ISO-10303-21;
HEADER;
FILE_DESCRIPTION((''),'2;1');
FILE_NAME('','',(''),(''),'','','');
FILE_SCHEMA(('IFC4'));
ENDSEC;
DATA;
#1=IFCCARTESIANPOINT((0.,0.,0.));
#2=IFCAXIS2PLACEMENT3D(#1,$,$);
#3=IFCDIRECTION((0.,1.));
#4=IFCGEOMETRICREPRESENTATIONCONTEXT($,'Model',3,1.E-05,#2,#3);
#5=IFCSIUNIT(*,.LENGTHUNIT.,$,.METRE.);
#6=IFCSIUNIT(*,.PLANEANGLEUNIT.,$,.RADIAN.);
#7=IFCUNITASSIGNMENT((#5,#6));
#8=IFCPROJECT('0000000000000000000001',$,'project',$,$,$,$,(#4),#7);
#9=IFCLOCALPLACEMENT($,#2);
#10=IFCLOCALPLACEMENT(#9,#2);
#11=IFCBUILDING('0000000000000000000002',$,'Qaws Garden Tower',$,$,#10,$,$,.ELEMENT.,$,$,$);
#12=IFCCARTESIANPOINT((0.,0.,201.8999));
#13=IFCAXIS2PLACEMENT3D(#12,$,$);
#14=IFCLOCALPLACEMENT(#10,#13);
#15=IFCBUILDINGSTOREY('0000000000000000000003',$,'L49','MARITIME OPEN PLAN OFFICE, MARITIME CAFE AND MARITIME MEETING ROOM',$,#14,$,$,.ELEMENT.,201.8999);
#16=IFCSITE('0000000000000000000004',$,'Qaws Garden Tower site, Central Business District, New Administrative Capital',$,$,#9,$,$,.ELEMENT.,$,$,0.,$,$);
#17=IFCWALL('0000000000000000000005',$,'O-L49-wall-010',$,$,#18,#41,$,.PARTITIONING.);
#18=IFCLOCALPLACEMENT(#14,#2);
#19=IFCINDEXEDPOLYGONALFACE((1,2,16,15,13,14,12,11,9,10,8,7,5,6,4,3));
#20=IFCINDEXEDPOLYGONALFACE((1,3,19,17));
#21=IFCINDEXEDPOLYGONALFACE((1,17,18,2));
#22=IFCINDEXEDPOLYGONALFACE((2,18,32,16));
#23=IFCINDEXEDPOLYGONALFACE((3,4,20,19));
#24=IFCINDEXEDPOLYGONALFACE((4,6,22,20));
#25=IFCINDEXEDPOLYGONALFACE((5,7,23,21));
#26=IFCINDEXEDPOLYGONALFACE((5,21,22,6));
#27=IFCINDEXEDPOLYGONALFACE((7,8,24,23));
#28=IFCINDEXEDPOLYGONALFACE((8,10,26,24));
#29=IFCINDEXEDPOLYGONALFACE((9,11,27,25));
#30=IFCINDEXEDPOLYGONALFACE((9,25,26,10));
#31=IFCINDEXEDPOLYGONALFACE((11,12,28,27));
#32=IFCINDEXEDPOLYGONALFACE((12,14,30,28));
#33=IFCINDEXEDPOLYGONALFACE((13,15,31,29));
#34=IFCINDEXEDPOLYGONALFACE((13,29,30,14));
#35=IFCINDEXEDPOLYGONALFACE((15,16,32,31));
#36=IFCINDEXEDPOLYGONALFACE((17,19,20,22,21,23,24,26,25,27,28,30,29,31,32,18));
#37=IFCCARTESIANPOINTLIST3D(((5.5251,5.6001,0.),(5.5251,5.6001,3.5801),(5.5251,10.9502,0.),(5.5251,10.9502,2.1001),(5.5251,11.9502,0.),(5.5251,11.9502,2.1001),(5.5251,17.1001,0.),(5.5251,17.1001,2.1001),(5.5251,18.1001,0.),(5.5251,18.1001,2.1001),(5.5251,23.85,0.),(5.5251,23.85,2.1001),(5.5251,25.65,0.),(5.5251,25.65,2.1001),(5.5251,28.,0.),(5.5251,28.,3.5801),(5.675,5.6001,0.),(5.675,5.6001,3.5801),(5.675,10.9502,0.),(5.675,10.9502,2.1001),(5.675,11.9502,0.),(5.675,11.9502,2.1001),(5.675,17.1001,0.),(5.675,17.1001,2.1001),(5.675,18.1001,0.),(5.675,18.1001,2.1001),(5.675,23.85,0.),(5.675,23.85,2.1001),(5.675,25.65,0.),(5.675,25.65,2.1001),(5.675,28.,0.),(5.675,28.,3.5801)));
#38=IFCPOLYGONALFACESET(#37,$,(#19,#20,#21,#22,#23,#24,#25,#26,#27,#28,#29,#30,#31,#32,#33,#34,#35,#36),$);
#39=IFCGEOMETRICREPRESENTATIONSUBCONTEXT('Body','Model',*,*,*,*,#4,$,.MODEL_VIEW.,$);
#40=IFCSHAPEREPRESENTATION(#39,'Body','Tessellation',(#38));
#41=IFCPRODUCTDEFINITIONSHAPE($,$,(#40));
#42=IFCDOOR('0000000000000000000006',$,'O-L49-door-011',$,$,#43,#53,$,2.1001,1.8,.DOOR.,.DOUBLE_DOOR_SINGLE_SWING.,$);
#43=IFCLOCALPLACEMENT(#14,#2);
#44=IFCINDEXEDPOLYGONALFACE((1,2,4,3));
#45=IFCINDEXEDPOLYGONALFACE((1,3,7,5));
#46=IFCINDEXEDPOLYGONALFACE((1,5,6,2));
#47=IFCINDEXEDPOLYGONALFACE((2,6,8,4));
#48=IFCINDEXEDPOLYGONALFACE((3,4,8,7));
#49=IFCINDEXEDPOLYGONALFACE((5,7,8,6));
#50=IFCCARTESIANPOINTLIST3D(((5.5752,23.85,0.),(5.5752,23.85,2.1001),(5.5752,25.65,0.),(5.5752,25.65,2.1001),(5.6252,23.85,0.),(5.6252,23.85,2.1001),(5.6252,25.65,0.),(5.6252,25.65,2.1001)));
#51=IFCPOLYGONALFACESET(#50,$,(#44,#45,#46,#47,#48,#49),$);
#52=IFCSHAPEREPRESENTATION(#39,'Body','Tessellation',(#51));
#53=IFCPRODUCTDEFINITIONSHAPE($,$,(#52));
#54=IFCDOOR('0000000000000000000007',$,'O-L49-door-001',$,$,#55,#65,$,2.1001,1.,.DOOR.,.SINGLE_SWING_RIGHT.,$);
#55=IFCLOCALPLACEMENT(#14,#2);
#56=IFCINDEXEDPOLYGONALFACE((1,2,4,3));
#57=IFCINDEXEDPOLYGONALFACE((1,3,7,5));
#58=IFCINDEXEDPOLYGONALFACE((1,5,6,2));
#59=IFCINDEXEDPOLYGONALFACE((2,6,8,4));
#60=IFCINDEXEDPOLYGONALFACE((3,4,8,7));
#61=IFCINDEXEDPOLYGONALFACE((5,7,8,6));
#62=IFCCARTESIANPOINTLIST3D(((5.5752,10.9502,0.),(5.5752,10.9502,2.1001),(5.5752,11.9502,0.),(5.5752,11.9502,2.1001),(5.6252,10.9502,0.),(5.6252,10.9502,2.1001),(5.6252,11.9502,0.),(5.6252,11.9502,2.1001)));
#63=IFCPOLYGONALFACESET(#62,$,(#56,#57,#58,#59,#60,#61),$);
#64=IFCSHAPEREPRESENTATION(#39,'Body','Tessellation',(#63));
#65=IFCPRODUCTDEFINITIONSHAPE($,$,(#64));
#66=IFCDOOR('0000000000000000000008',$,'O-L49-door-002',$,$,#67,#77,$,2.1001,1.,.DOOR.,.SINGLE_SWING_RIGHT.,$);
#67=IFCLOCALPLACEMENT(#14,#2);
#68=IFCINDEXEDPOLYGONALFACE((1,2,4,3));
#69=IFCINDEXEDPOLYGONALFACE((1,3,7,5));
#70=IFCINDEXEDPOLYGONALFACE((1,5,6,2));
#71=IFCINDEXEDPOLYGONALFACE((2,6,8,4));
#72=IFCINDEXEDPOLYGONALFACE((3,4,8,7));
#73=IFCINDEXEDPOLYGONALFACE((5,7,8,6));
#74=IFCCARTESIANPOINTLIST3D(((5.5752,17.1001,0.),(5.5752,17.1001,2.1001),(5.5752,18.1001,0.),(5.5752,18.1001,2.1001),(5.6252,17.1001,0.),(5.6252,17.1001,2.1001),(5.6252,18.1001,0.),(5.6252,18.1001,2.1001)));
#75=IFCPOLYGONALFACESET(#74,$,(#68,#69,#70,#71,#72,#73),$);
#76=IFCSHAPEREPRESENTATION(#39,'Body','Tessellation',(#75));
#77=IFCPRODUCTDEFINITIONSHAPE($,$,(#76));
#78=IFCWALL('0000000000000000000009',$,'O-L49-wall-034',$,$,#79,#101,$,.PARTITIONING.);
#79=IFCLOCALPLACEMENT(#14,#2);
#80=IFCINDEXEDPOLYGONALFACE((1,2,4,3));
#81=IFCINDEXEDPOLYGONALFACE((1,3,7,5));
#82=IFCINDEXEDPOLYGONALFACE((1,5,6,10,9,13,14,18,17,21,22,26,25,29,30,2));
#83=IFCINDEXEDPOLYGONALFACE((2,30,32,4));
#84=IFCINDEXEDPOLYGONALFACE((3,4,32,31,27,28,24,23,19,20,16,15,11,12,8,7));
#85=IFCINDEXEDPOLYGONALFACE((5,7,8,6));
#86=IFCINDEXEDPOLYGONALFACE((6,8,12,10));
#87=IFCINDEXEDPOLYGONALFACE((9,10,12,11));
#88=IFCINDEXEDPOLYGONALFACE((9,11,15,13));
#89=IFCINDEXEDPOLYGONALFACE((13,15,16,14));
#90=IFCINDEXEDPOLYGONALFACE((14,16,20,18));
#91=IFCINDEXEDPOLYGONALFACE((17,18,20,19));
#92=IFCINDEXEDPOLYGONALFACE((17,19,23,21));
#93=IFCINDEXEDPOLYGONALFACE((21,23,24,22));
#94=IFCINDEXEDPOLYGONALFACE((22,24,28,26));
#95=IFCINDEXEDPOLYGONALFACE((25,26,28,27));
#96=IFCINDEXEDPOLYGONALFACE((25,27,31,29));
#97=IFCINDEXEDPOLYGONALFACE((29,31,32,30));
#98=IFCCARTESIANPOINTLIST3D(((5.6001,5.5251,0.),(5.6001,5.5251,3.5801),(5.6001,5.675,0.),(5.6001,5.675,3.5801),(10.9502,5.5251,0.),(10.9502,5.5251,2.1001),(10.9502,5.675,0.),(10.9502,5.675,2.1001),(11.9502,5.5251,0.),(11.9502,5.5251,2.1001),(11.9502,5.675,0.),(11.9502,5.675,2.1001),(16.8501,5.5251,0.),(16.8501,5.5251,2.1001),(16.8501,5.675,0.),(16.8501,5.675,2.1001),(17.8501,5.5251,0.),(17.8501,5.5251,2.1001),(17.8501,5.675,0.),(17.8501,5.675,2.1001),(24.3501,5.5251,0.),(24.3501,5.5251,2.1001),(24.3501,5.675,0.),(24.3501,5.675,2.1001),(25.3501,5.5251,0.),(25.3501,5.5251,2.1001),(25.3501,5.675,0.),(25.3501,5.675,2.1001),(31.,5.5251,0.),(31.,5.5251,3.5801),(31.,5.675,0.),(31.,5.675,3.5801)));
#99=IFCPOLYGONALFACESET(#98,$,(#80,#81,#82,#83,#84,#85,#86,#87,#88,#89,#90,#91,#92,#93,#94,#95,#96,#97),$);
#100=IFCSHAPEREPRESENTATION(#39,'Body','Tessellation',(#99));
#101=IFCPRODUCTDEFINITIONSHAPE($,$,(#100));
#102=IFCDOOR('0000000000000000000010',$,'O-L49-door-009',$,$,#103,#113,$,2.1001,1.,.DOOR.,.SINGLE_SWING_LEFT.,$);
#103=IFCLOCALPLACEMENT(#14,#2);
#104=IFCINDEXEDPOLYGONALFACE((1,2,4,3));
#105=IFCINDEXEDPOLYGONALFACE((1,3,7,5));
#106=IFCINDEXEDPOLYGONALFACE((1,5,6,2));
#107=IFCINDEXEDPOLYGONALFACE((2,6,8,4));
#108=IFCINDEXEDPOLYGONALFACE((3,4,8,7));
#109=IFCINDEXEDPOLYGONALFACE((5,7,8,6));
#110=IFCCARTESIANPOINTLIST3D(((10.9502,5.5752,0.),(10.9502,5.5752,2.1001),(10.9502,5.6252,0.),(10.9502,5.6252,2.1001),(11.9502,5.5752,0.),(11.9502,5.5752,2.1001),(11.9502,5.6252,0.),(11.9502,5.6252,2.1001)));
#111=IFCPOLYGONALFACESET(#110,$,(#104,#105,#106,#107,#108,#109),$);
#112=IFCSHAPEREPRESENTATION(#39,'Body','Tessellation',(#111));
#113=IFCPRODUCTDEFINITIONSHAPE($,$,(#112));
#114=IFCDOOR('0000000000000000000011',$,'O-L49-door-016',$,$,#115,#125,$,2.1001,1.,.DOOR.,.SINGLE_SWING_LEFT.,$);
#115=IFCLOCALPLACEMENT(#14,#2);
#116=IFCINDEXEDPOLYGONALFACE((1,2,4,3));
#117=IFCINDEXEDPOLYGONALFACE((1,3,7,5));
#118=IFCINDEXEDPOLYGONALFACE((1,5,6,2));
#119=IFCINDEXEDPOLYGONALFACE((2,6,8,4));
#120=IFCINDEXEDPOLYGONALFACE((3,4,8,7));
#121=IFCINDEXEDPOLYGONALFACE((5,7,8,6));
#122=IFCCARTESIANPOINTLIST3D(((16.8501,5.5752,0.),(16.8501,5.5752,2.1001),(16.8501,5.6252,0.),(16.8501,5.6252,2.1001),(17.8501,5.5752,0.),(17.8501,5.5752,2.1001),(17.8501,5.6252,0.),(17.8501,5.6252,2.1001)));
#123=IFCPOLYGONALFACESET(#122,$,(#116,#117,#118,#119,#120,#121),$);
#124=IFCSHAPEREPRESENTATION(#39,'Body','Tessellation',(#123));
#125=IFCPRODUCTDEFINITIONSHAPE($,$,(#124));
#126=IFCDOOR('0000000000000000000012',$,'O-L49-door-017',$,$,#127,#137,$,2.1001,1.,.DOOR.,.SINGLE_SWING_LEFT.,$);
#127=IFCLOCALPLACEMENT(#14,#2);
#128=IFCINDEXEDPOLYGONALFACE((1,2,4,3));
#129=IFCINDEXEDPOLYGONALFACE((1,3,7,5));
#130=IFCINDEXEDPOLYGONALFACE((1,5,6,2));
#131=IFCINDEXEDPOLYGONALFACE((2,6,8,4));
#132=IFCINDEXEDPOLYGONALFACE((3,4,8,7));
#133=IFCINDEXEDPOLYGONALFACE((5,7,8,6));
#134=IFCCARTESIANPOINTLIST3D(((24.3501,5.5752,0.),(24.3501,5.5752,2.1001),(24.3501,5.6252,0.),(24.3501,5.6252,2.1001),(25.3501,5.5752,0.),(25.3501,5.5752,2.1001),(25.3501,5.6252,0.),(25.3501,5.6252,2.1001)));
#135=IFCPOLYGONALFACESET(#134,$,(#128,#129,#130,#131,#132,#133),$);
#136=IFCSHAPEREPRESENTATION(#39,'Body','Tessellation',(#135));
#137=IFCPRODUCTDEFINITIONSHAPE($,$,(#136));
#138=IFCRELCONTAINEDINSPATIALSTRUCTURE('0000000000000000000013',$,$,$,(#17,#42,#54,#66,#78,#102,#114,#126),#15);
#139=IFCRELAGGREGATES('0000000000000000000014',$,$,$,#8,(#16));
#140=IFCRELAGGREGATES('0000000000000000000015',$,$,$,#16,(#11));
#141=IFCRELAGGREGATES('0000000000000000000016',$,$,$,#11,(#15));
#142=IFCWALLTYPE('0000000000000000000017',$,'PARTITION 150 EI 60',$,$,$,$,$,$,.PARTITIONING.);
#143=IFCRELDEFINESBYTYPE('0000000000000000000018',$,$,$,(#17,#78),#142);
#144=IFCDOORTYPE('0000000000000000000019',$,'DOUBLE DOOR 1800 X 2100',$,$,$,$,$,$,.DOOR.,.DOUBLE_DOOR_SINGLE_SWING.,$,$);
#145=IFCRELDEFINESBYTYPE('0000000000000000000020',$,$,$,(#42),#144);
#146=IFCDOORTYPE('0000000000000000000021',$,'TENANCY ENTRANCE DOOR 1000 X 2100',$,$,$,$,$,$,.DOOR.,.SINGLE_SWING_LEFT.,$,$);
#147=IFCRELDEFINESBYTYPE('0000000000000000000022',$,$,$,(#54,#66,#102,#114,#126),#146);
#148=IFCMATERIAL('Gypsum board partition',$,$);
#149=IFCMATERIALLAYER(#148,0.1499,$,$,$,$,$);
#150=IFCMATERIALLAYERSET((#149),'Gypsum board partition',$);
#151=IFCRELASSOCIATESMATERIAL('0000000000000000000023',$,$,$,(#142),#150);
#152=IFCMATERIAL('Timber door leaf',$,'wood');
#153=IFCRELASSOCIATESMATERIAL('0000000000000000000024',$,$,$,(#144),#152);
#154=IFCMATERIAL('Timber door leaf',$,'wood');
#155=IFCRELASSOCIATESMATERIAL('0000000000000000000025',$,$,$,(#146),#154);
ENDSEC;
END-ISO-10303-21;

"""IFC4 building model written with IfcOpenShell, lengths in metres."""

from ifc_helpers import new_model, si_unit, direction, frame, frame_2d, origin, place, context, subcontext, project, spatial, rectangle, extrude, material, layer, layer_set, type_object, element, fill, save


model = new_model("IFC4")

# Units and contexts
model_context = context("Model", 3, precision=1e-05, world=origin(), true_north=direction((0.0, 1.0)))
body_context = subcontext(model_context, "Body", "Model", "MODEL_VIEW")
ifc_project = project(units=[si_unit("LENGTHUNIT", "METRE"), si_unit("PLANEANGLEUNIT", "RADIAN")], contexts=[model_context])

# Site, building, storey
site_placement = place(None, origin())
site = spatial("IfcSite", under=ifc_project, at=site_placement, Name="Qaws Garden Tower site, Central Business District, New Administrative Capital", CompositionType="ELEMENT", RefElevation=0.0)
building_placement = place(site_placement, origin())
building = spatial("IfcBuilding", under=site, at=building_placement, Name="Qaws Garden Tower", CompositionType="ELEMENT")
storey_placement = place(building_placement, frame((0.0, 0.0, 201.8999)))
storey = spatial("IfcBuildingStorey", under=building, at=storey_placement, Name="L49", Description="MARITIME OPEN PLAN OFFICE, MARITIME CAFE AND MARITIME MEETING ROOM", CompositionType="ELEMENT", Elevation=201.8999)

# Walls, openings, doors
ifc_material_1 = material(Name="Gypsum board partition")
ifc_layer_1 = layer(ifc_material_1, 0.1499)
ifc_layer_set_1 = layer_set([ifc_layer_1], Name="Gypsum board partition")
wall_type_1 = type_object("IfcWallType", Name="PARTITION 150 EI 60", PredefinedType="PARTITIONING", material=ifc_layer_set_1)
wall_1_placement = place(storey_placement, frame((5.6001, 5.6001, 0.0), z_axis=(0.0, 0.0, 1.0), x_axis=(0.0, 1.0, 0.0)))
wall_1 = element("IfcWall", 1, at=wall_1_placement, inside=storey, type_object=wall_type_1, Name="O-L49-wall-010", PredefinedType="PARTITIONING", context=body_context, shape_type="SweptSolid", body=[
    extrude(rectangle(XDim=22.3999, YDim=0.1499, at=frame_2d((11.2, 0.0))), origin(), (0.0, 0.0, 1.0), 3.5801),
])
opening_1_placement = place(wall_1_placement, frame((5.3501, 0.0, 0.0)))
opening_1 = element("IfcOpeningElement", 2, at=opening_1_placement, cuts=wall_1, PredefinedType="OPENING", context=body_context, shape_type="SweptSolid", body=[
    extrude(rectangle(XDim=1.0, YDim=2.1001, at=frame_2d((0.5, 1.05))), frame((0.0, 0.085, 0.0), z_axis=(0.0, -1.0, 0.0), x_axis=(1.0, 0.0, 0.0)), (0.0, 0.0, 1.0), 0.1699),
])
opening_2_placement = place(wall_1_placement, frame((11.5, 0.0, 0.0)))
opening_2 = element("IfcOpeningElement", 3, at=opening_2_placement, cuts=wall_1, PredefinedType="OPENING", context=body_context, shape_type="SweptSolid", body=[
    extrude(rectangle(XDim=1.0, YDim=2.1001, at=frame_2d((0.5, 1.05))), frame((0.0, 0.085, 0.0), z_axis=(0.0, -1.0, 0.0), x_axis=(1.0, 0.0, 0.0)), (0.0, 0.0, 1.0), 0.1699),
])
opening_3_placement = place(wall_1_placement, frame((18.25, 0.0, 0.0)))
opening_3 = element("IfcOpeningElement", 4, at=opening_3_placement, cuts=wall_1, PredefinedType="OPENING", context=body_context, shape_type="SweptSolid", body=[
    extrude(rectangle(XDim=1.8, YDim=2.1001, at=frame_2d((0.8999, 1.05))), frame((0.0, 0.085, 0.0), z_axis=(0.0, -1.0, 0.0), x_axis=(1.0, 0.0, 0.0)), (0.0, 0.0, 1.0), 0.1699),
])
ifc_material_2 = material(Name="Timber door leaf", Category="wood")
door_type_1 = type_object("IfcDoorType", Name="DOUBLE DOOR 1800 X 2100", OperationType="DOUBLE_DOOR_SINGLE_SWING", PredefinedType="DOOR", material=ifc_material_2)
door_1_placement = place(opening_3_placement, origin())
door_1 = element("IfcDoor", 5, at=door_1_placement, inside=storey, type_object=door_type_1, Name="O-L49-door-011", OperationType="DOUBLE_DOOR_SINGLE_SWING", OverallHeight=2.1001, OverallWidth=1.8, PredefinedType="DOOR", context=body_context, shape_type="SweptSolid", body=[
    extrude(rectangle(XDim=1.8, YDim=2.1001, at=frame_2d((0.8999, 1.05))), frame((0.0, 0.0249, 0.0), z_axis=(0.0, -1.0, 0.0), x_axis=(1.0, 0.0, 0.0)), (0.0, 0.0, 1.0), 0.05),
])
fill(opening_3, door_1)
ifc_material_3 = material(Name="Timber door leaf", Category="wood")
door_type_2 = type_object("IfcDoorType", Name="TENANCY ENTRANCE DOOR 1000 X 2100", OperationType="SINGLE_SWING_LEFT", PredefinedType="DOOR", material=ifc_material_3)
door_2_placement = place(opening_1_placement, origin())
door_2 = element("IfcDoor", 6, at=door_2_placement, inside=storey, type_object=door_type_2, Name="O-L49-door-001", OperationType="SINGLE_SWING_RIGHT", OverallHeight=2.1001, OverallWidth=1.0, PredefinedType="DOOR", context=body_context, shape_type="SweptSolid", body=[
    extrude(rectangle(XDim=1.0, YDim=2.1001, at=frame_2d((0.5, 1.05))), frame((0.0, 0.0249, 0.0), z_axis=(0.0, -1.0, 0.0), x_axis=(1.0, 0.0, 0.0)), (0.0, 0.0, 1.0), 0.05),
])
fill(opening_1, door_2)
door_3_placement = place(opening_2_placement, origin())
door_3 = element("IfcDoor", 7, at=door_3_placement, inside=storey, type_object=door_type_2, Name="O-L49-door-002", OperationType="SINGLE_SWING_RIGHT", OverallHeight=2.1001, OverallWidth=1.0, PredefinedType="DOOR", context=body_context, shape_type="SweptSolid", body=[
    extrude(rectangle(XDim=1.0, YDim=2.1001, at=frame_2d((0.5, 1.05))), frame((0.0, 0.0249, 0.0), z_axis=(0.0, -1.0, 0.0), x_axis=(1.0, 0.0, 0.0)), (0.0, 0.0, 1.0), 0.05),
])
fill(opening_2, door_3)
wall_2_placement = place(storey_placement, frame((5.6001, 5.6001, 0.0), z_axis=(0.0, 0.0, 1.0), x_axis=(1.0, 0.0, 0.0)))
wall_2 = element("IfcWall", 8, at=wall_2_placement, inside=storey, type_object=wall_type_1, Name="O-L49-wall-034", PredefinedType="PARTITIONING", context=body_context, shape_type="SweptSolid", body=[
    extrude(rectangle(XDim=25.3999, YDim=0.1499, at=frame_2d((12.7, 0.0))), origin(), (0.0, 0.0, 1.0), 3.5801),
])
opening_4_placement = place(wall_2_placement, frame((5.3501, 0.0, 0.0)))
opening_4 = element("IfcOpeningElement", 9, at=opening_4_placement, cuts=wall_2, PredefinedType="OPENING", context=body_context, shape_type="SweptSolid", body=[
    extrude(rectangle(XDim=1.0, YDim=2.1001, at=frame_2d((0.5, 1.05))), frame((0.0, 0.085, 0.0), z_axis=(0.0, -1.0, 0.0), x_axis=(1.0, 0.0, 0.0)), (0.0, 0.0, 1.0), 0.1699),
])
opening_5_placement = place(wall_2_placement, frame((11.25, 0.0, 0.0)))
opening_5 = element("IfcOpeningElement", 10, at=opening_5_placement, cuts=wall_2, PredefinedType="OPENING", context=body_context, shape_type="SweptSolid", body=[
    extrude(rectangle(XDim=1.0, YDim=2.1001, at=frame_2d((0.5, 1.05))), frame((0.0, 0.085, 0.0), z_axis=(0.0, -1.0, 0.0), x_axis=(1.0, 0.0, 0.0)), (0.0, 0.0, 1.0), 0.1699),
])
opening_6_placement = place(wall_2_placement, frame((18.75, 0.0, 0.0)))
opening_6 = element("IfcOpeningElement", 11, at=opening_6_placement, cuts=wall_2, PredefinedType="OPENING", context=body_context, shape_type="SweptSolid", body=[
    extrude(rectangle(XDim=1.0, YDim=2.1001, at=frame_2d((0.5, 1.05))), frame((0.0, 0.085, 0.0), z_axis=(0.0, -1.0, 0.0), x_axis=(1.0, 0.0, 0.0)), (0.0, 0.0, 1.0), 0.1699),
])
door_4_placement = place(opening_4_placement, frame((1.0, 0.0, 0.0), z_axis=(0.0, 0.0, 1.0), x_axis=(-1.0, 0.0, 0.0)))
door_4 = element("IfcDoor", 12, at=door_4_placement, inside=storey, type_object=door_type_2, Name="O-L49-door-009", OperationType="SINGLE_SWING_LEFT", OverallHeight=2.1001, OverallWidth=1.0, PredefinedType="DOOR", context=body_context, shape_type="SweptSolid", body=[
    extrude(rectangle(XDim=1.0, YDim=2.1001, at=frame_2d((0.5, 1.05))), frame((0.0, 0.0249, 0.0), z_axis=(0.0, -1.0, 0.0), x_axis=(1.0, 0.0, 0.0)), (0.0, 0.0, 1.0), 0.05),
])
fill(opening_4, door_4)
door_5_placement = place(opening_5_placement, frame((1.0, 0.0, 0.0), z_axis=(0.0, 0.0, 1.0), x_axis=(-1.0, 0.0, 0.0)))
door_5 = element("IfcDoor", 13, at=door_5_placement, inside=storey, type_object=door_type_2, Name="O-L49-door-016", OperationType="SINGLE_SWING_LEFT", OverallHeight=2.1001, OverallWidth=1.0, PredefinedType="DOOR", context=body_context, shape_type="SweptSolid", body=[
    extrude(rectangle(XDim=1.0, YDim=2.1001, at=frame_2d((0.5, 1.05))), frame((0.0, 0.0249, 0.0), z_axis=(0.0, -1.0, 0.0), x_axis=(1.0, 0.0, 0.0)), (0.0, 0.0, 1.0), 0.05),
])
fill(opening_5, door_5)
door_6_placement = place(opening_6_placement, frame((1.0, 0.0, 0.0), z_axis=(0.0, 0.0, 1.0), x_axis=(-1.0, 0.0, 0.0)))
door_6 = element("IfcDoor", 14, at=door_6_placement, inside=storey, type_object=door_type_2, Name="O-L49-door-017", OperationType="SINGLE_SWING_LEFT", OverallHeight=2.1001, OverallWidth=1.0, PredefinedType="DOOR", context=body_context, shape_type="SweptSolid", body=[
    extrude(rectangle(XDim=1.0, YDim=2.1001, at=frame_2d((0.5, 1.05))), frame((0.0, 0.0249, 0.0), z_axis=(0.0, -1.0, 0.0), x_axis=(1.0, 0.0, 0.0)), (0.0, 0.0, 1.0), 0.05),
])
fill(opening_6, door_6)

save(model, "model.ifc")
